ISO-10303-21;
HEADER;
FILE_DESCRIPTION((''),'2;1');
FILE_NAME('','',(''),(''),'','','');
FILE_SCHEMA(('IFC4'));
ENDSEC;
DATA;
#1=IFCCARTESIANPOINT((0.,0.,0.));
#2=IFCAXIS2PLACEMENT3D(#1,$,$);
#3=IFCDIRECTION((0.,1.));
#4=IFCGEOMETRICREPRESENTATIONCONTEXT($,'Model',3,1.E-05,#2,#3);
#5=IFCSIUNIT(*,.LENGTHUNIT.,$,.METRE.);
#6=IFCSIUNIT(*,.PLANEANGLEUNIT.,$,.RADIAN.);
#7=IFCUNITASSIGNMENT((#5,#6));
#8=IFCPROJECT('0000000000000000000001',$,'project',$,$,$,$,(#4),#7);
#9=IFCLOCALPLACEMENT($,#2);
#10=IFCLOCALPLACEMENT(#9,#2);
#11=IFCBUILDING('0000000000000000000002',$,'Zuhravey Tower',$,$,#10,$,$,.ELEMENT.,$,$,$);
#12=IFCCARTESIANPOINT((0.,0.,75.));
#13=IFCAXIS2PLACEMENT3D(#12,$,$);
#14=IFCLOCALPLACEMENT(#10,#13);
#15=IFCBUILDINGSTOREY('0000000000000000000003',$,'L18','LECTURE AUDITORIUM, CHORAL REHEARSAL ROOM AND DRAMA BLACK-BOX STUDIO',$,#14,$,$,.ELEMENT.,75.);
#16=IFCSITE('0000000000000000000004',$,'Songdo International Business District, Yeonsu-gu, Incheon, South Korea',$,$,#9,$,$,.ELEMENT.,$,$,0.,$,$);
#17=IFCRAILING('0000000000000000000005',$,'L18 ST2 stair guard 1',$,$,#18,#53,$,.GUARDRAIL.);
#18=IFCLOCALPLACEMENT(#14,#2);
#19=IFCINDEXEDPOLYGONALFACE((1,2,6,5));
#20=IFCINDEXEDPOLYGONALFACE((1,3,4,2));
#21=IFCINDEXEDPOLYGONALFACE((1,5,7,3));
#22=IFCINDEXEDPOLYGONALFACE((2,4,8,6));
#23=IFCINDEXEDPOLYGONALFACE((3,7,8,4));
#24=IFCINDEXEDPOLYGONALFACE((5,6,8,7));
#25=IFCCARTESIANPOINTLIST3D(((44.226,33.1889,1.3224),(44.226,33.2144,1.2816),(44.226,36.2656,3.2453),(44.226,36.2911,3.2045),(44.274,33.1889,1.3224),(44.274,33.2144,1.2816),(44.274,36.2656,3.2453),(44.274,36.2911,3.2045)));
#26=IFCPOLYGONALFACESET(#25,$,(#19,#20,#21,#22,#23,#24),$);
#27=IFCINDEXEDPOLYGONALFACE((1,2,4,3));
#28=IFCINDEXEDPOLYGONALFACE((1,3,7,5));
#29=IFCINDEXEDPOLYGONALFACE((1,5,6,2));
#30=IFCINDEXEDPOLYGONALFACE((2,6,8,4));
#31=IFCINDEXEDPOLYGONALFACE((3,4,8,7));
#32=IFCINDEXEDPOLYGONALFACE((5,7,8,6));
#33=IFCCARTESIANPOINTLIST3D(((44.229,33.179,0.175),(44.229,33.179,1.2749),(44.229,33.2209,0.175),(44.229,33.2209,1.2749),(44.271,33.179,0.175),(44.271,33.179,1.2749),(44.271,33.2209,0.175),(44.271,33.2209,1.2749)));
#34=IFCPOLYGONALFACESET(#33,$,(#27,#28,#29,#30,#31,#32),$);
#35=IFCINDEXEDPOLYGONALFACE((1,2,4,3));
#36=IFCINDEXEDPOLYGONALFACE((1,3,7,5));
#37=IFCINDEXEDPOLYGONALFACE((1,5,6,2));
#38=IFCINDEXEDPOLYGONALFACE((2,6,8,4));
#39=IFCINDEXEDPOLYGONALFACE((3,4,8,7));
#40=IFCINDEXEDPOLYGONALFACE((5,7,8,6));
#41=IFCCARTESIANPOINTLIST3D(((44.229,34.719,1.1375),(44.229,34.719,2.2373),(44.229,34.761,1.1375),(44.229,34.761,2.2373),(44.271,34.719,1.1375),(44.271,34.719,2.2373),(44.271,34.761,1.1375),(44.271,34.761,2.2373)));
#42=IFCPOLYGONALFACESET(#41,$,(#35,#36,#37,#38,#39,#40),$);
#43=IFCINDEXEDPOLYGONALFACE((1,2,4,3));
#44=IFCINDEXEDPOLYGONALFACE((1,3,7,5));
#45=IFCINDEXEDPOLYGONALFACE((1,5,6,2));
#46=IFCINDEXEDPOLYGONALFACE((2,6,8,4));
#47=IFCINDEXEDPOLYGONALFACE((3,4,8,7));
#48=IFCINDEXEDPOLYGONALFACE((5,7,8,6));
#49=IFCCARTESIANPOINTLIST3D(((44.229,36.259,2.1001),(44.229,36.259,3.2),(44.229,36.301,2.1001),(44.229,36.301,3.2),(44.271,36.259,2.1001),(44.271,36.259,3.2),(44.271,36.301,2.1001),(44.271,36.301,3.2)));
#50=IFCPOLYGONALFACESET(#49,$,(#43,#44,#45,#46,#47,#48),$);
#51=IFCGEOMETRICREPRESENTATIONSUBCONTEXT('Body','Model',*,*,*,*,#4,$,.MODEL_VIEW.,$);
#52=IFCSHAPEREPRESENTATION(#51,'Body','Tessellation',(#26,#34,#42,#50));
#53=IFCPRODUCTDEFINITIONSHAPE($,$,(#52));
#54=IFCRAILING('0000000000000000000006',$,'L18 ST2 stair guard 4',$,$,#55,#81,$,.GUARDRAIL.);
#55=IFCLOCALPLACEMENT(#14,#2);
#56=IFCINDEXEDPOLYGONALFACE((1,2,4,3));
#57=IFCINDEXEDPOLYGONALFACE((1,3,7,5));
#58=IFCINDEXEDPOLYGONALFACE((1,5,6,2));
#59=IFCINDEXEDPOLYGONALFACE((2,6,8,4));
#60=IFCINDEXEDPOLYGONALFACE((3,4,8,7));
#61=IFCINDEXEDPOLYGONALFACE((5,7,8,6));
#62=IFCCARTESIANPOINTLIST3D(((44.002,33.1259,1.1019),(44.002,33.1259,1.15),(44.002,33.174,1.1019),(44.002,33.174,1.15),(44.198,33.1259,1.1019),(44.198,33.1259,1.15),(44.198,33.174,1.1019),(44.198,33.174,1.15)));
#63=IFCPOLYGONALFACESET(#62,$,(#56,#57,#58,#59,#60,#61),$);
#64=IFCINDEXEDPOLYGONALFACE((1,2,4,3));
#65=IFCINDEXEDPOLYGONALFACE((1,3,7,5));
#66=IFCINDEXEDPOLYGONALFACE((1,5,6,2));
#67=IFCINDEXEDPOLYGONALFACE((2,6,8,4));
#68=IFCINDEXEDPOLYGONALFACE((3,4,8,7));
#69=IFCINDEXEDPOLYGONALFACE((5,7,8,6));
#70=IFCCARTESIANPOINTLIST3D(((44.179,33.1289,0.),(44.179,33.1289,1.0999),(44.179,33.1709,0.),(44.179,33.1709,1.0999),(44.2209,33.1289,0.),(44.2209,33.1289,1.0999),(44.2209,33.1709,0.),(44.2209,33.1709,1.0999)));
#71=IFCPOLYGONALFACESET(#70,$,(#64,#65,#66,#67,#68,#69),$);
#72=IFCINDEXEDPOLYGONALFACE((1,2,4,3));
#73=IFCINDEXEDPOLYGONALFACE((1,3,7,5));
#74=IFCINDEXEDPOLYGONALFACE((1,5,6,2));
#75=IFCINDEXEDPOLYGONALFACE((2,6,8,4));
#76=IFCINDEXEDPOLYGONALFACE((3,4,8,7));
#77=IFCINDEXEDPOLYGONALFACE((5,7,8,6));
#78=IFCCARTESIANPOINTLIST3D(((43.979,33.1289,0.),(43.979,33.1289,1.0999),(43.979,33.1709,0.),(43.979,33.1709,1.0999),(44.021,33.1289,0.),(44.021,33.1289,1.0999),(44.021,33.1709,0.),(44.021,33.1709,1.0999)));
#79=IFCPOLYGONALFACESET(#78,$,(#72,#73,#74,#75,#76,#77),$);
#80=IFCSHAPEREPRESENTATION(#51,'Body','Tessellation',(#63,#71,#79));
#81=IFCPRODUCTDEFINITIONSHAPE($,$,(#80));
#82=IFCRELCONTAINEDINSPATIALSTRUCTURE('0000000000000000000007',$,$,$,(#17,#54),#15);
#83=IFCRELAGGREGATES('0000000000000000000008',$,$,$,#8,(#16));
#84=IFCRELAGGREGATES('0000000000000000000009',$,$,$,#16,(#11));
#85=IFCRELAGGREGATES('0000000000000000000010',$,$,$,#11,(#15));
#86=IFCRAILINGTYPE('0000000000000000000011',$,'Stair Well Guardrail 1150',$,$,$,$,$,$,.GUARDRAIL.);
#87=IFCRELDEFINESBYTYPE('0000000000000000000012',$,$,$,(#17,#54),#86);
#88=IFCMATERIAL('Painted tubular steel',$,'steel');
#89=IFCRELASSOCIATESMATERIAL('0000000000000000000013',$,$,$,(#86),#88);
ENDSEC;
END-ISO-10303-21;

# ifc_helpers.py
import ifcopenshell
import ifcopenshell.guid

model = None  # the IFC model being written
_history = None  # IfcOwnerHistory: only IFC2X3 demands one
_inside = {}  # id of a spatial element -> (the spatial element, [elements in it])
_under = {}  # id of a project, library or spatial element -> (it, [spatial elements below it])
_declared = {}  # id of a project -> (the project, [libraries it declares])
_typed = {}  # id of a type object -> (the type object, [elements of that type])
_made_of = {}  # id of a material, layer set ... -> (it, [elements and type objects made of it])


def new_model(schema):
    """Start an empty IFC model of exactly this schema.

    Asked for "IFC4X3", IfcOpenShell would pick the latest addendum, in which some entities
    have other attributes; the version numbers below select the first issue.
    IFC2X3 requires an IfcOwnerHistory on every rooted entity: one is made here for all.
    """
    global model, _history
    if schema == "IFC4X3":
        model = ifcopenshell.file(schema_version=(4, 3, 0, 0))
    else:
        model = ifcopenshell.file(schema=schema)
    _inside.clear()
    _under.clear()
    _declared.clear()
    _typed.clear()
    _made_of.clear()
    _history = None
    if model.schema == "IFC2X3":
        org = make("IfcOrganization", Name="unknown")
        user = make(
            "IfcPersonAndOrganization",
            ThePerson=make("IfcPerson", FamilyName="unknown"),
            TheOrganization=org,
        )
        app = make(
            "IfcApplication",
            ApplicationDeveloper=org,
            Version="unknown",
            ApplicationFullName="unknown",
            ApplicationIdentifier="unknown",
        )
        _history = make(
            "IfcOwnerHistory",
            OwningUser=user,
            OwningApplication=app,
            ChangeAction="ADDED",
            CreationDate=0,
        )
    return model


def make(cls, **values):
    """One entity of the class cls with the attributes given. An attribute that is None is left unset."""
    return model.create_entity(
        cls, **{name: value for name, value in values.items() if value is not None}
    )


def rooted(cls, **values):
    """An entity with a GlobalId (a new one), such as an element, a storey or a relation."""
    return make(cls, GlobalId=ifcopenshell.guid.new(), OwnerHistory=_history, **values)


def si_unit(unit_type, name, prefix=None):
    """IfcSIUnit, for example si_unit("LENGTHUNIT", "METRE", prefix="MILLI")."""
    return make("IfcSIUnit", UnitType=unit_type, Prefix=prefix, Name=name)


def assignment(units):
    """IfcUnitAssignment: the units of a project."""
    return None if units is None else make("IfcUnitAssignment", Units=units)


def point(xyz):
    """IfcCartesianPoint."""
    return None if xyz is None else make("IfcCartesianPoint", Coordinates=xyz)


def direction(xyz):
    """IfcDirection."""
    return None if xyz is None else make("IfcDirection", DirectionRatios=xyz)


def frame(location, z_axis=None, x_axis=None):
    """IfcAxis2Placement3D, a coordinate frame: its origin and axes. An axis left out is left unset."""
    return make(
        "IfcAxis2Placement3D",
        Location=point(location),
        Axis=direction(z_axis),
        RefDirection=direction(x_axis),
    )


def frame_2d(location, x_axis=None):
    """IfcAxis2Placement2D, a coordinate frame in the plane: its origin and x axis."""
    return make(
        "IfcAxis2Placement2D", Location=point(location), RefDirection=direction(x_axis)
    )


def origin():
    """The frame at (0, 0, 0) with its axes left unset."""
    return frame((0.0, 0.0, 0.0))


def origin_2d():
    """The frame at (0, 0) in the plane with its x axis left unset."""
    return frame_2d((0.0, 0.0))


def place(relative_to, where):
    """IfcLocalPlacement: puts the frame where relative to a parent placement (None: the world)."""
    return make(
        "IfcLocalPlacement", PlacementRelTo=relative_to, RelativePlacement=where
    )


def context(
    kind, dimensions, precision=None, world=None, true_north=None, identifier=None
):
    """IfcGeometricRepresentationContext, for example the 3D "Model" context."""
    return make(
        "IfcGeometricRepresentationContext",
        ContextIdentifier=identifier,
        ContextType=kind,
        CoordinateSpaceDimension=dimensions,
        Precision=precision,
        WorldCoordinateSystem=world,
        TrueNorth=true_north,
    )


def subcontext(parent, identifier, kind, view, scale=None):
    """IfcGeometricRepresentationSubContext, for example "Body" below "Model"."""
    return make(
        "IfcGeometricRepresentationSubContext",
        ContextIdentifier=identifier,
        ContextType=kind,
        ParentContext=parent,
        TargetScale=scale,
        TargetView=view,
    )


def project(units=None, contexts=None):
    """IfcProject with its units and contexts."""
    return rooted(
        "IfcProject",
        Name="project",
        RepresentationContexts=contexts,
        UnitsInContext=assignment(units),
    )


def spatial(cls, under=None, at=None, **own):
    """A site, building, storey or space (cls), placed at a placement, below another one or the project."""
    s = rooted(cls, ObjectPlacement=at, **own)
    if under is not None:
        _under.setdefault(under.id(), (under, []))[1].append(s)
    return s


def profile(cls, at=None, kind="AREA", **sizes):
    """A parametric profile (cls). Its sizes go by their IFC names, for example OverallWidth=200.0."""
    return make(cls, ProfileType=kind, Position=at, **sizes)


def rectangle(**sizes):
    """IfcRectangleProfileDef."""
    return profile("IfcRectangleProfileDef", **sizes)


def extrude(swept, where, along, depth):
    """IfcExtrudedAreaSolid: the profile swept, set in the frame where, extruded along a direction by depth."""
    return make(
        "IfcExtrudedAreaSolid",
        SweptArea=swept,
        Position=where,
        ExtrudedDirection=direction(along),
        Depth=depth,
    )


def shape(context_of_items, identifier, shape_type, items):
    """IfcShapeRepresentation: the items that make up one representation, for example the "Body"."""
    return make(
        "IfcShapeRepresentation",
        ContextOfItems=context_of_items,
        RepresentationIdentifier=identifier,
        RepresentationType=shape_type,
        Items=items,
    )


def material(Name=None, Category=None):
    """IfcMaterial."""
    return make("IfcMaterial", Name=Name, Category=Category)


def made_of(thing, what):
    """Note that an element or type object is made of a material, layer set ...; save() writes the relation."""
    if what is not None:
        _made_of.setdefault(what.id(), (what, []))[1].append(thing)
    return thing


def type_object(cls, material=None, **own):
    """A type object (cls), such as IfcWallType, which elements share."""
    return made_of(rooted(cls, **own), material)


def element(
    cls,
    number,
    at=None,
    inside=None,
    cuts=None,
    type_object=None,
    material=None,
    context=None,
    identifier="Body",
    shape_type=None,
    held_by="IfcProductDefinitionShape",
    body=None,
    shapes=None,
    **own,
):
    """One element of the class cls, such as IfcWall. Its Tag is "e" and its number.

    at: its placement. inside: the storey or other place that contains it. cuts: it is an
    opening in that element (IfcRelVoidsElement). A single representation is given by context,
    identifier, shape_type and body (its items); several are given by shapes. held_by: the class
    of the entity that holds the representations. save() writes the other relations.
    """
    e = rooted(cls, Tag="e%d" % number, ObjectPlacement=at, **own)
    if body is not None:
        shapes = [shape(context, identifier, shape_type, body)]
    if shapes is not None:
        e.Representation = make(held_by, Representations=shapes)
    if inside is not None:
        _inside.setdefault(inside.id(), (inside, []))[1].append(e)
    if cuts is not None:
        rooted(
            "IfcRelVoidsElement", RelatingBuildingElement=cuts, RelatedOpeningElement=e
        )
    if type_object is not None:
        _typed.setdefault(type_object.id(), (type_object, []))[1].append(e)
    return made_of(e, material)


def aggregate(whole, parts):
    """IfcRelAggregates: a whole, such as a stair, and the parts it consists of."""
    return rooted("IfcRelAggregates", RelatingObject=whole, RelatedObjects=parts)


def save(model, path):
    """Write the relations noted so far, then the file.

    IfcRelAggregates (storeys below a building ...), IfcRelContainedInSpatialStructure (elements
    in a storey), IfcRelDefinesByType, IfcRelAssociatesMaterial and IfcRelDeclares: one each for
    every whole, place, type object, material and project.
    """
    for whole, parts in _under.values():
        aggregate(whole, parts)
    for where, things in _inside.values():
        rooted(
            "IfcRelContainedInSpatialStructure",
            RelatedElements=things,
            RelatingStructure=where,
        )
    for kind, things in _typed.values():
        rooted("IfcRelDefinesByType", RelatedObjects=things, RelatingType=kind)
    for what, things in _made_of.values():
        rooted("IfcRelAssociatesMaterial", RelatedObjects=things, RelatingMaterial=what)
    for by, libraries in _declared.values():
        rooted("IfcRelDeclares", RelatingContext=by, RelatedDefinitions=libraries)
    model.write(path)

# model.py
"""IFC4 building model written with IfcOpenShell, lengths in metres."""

from ifc_helpers import new_model, si_unit, direction, frame, origin, origin_2d, place, context, subcontext, project, spatial, rectangle, extrude, material, type_object, element, save


model = new_model("IFC4")

# Units and contexts
model_context = context("Model", 3, precision=1e-05, world=origin(), true_north=direction((0.0, 1.0)))
body_context = subcontext(model_context, "Body", "Model", "MODEL_VIEW")
ifc_project = project(units=[si_unit("LENGTHUNIT", "METRE"), si_unit("PLANEANGLEUNIT", "RADIAN")], contexts=[model_context])

# Site, building, storey
site_placement = place(None, origin())
site = spatial("IfcSite", under=ifc_project, at=site_placement, Name="Songdo International Business District, Yeonsu-gu, Incheon, South Korea", CompositionType="ELEMENT", RefElevation=0.0)
building_placement = place(site_placement, origin())
building = spatial("IfcBuilding", under=site, at=building_placement, Name="Zuhravey Tower", CompositionType="ELEMENT")
storey_placement = place(building_placement, frame((0.0, 0.0, 75.0)))
storey = spatial("IfcBuildingStorey", under=building, at=storey_placement, Name="L18", Description="LECTURE AUDITORIUM, CHORAL REHEARSAL ROOM AND DRAMA BLACK-BOX STUDIO", CompositionType="ELEMENT", Elevation=75.0)

# Railings
ifc_material_1 = material(Name="Painted tubular steel", Category="steel")
railing_type_1 = type_object("IfcRailingType", Name="Stair Well Guardrail 1150", PredefinedType="GUARDRAIL", material=ifc_material_1)
railing_1_placement = place(storey_placement, frame((44.25, 33.2, 0.175)))
element("IfcRailing", 1, at=railing_1_placement, inside=storey, type_object=railing_type_1, Name="L18 ST2 stair guard 1", PredefinedType="GUARDRAIL", context=body_context, shape_type="SweptSolid", body=[
    extrude(rectangle(XDim=0.0481, YDim=0.0481, at=origin_2d()), frame((0.0, 0.0017, 1.127), z_axis=(0.0, 0.847998, 0.529999), x_axis=(-1.0, 0.0, 0.0)), (0.0, 0.0, 1.0), 3.6282),
    extrude(rectangle(XDim=0.042, YDim=0.042, at=origin_2d()), origin(), (0.0, 0.0, 1.0), 1.0999),
    extrude(rectangle(XDim=0.042, YDim=0.042, at=origin_2d()), frame((0.0, 1.54, 0.9624)), (0.0, 0.0, 1.0), 1.0999),
    extrude(rectangle(XDim=0.042, YDim=0.042, at=origin_2d()), frame((0.0, 3.0801, 1.925)), (0.0, 0.0, 1.0), 1.0999),
])
railing_2_placement = place(storey_placement, frame((44.2, 33.1499, 0.0)))
element("IfcRailing", 2, at=railing_2_placement, inside=storey, type_object=railing_type_1, Name="L18 ST2 stair guard 4", PredefinedType="GUARDRAIL", context=body_context, shape_type="SweptSolid", body=[
    extrude(rectangle(XDim=0.0481, YDim=0.0481, at=origin_2d()), frame((-0.002, 0.0, 1.126), z_axis=(-1.0, 0.0, 0.0), x_axis=(0.0, -1.0, 0.0)), (0.0, 0.0, 1.0), 0.196),
    extrude(rectangle(XDim=0.042, YDim=0.042, at=origin_2d()), origin(), (0.0, 0.0, 1.0), 1.0999),
    extrude(rectangle(XDim=0.042, YDim=0.042, at=origin_2d()), frame((-0.2, 0.0, 0.0)), (0.0, 0.0, 1.0), 1.0999),
])

save(model, "model.ifc")
